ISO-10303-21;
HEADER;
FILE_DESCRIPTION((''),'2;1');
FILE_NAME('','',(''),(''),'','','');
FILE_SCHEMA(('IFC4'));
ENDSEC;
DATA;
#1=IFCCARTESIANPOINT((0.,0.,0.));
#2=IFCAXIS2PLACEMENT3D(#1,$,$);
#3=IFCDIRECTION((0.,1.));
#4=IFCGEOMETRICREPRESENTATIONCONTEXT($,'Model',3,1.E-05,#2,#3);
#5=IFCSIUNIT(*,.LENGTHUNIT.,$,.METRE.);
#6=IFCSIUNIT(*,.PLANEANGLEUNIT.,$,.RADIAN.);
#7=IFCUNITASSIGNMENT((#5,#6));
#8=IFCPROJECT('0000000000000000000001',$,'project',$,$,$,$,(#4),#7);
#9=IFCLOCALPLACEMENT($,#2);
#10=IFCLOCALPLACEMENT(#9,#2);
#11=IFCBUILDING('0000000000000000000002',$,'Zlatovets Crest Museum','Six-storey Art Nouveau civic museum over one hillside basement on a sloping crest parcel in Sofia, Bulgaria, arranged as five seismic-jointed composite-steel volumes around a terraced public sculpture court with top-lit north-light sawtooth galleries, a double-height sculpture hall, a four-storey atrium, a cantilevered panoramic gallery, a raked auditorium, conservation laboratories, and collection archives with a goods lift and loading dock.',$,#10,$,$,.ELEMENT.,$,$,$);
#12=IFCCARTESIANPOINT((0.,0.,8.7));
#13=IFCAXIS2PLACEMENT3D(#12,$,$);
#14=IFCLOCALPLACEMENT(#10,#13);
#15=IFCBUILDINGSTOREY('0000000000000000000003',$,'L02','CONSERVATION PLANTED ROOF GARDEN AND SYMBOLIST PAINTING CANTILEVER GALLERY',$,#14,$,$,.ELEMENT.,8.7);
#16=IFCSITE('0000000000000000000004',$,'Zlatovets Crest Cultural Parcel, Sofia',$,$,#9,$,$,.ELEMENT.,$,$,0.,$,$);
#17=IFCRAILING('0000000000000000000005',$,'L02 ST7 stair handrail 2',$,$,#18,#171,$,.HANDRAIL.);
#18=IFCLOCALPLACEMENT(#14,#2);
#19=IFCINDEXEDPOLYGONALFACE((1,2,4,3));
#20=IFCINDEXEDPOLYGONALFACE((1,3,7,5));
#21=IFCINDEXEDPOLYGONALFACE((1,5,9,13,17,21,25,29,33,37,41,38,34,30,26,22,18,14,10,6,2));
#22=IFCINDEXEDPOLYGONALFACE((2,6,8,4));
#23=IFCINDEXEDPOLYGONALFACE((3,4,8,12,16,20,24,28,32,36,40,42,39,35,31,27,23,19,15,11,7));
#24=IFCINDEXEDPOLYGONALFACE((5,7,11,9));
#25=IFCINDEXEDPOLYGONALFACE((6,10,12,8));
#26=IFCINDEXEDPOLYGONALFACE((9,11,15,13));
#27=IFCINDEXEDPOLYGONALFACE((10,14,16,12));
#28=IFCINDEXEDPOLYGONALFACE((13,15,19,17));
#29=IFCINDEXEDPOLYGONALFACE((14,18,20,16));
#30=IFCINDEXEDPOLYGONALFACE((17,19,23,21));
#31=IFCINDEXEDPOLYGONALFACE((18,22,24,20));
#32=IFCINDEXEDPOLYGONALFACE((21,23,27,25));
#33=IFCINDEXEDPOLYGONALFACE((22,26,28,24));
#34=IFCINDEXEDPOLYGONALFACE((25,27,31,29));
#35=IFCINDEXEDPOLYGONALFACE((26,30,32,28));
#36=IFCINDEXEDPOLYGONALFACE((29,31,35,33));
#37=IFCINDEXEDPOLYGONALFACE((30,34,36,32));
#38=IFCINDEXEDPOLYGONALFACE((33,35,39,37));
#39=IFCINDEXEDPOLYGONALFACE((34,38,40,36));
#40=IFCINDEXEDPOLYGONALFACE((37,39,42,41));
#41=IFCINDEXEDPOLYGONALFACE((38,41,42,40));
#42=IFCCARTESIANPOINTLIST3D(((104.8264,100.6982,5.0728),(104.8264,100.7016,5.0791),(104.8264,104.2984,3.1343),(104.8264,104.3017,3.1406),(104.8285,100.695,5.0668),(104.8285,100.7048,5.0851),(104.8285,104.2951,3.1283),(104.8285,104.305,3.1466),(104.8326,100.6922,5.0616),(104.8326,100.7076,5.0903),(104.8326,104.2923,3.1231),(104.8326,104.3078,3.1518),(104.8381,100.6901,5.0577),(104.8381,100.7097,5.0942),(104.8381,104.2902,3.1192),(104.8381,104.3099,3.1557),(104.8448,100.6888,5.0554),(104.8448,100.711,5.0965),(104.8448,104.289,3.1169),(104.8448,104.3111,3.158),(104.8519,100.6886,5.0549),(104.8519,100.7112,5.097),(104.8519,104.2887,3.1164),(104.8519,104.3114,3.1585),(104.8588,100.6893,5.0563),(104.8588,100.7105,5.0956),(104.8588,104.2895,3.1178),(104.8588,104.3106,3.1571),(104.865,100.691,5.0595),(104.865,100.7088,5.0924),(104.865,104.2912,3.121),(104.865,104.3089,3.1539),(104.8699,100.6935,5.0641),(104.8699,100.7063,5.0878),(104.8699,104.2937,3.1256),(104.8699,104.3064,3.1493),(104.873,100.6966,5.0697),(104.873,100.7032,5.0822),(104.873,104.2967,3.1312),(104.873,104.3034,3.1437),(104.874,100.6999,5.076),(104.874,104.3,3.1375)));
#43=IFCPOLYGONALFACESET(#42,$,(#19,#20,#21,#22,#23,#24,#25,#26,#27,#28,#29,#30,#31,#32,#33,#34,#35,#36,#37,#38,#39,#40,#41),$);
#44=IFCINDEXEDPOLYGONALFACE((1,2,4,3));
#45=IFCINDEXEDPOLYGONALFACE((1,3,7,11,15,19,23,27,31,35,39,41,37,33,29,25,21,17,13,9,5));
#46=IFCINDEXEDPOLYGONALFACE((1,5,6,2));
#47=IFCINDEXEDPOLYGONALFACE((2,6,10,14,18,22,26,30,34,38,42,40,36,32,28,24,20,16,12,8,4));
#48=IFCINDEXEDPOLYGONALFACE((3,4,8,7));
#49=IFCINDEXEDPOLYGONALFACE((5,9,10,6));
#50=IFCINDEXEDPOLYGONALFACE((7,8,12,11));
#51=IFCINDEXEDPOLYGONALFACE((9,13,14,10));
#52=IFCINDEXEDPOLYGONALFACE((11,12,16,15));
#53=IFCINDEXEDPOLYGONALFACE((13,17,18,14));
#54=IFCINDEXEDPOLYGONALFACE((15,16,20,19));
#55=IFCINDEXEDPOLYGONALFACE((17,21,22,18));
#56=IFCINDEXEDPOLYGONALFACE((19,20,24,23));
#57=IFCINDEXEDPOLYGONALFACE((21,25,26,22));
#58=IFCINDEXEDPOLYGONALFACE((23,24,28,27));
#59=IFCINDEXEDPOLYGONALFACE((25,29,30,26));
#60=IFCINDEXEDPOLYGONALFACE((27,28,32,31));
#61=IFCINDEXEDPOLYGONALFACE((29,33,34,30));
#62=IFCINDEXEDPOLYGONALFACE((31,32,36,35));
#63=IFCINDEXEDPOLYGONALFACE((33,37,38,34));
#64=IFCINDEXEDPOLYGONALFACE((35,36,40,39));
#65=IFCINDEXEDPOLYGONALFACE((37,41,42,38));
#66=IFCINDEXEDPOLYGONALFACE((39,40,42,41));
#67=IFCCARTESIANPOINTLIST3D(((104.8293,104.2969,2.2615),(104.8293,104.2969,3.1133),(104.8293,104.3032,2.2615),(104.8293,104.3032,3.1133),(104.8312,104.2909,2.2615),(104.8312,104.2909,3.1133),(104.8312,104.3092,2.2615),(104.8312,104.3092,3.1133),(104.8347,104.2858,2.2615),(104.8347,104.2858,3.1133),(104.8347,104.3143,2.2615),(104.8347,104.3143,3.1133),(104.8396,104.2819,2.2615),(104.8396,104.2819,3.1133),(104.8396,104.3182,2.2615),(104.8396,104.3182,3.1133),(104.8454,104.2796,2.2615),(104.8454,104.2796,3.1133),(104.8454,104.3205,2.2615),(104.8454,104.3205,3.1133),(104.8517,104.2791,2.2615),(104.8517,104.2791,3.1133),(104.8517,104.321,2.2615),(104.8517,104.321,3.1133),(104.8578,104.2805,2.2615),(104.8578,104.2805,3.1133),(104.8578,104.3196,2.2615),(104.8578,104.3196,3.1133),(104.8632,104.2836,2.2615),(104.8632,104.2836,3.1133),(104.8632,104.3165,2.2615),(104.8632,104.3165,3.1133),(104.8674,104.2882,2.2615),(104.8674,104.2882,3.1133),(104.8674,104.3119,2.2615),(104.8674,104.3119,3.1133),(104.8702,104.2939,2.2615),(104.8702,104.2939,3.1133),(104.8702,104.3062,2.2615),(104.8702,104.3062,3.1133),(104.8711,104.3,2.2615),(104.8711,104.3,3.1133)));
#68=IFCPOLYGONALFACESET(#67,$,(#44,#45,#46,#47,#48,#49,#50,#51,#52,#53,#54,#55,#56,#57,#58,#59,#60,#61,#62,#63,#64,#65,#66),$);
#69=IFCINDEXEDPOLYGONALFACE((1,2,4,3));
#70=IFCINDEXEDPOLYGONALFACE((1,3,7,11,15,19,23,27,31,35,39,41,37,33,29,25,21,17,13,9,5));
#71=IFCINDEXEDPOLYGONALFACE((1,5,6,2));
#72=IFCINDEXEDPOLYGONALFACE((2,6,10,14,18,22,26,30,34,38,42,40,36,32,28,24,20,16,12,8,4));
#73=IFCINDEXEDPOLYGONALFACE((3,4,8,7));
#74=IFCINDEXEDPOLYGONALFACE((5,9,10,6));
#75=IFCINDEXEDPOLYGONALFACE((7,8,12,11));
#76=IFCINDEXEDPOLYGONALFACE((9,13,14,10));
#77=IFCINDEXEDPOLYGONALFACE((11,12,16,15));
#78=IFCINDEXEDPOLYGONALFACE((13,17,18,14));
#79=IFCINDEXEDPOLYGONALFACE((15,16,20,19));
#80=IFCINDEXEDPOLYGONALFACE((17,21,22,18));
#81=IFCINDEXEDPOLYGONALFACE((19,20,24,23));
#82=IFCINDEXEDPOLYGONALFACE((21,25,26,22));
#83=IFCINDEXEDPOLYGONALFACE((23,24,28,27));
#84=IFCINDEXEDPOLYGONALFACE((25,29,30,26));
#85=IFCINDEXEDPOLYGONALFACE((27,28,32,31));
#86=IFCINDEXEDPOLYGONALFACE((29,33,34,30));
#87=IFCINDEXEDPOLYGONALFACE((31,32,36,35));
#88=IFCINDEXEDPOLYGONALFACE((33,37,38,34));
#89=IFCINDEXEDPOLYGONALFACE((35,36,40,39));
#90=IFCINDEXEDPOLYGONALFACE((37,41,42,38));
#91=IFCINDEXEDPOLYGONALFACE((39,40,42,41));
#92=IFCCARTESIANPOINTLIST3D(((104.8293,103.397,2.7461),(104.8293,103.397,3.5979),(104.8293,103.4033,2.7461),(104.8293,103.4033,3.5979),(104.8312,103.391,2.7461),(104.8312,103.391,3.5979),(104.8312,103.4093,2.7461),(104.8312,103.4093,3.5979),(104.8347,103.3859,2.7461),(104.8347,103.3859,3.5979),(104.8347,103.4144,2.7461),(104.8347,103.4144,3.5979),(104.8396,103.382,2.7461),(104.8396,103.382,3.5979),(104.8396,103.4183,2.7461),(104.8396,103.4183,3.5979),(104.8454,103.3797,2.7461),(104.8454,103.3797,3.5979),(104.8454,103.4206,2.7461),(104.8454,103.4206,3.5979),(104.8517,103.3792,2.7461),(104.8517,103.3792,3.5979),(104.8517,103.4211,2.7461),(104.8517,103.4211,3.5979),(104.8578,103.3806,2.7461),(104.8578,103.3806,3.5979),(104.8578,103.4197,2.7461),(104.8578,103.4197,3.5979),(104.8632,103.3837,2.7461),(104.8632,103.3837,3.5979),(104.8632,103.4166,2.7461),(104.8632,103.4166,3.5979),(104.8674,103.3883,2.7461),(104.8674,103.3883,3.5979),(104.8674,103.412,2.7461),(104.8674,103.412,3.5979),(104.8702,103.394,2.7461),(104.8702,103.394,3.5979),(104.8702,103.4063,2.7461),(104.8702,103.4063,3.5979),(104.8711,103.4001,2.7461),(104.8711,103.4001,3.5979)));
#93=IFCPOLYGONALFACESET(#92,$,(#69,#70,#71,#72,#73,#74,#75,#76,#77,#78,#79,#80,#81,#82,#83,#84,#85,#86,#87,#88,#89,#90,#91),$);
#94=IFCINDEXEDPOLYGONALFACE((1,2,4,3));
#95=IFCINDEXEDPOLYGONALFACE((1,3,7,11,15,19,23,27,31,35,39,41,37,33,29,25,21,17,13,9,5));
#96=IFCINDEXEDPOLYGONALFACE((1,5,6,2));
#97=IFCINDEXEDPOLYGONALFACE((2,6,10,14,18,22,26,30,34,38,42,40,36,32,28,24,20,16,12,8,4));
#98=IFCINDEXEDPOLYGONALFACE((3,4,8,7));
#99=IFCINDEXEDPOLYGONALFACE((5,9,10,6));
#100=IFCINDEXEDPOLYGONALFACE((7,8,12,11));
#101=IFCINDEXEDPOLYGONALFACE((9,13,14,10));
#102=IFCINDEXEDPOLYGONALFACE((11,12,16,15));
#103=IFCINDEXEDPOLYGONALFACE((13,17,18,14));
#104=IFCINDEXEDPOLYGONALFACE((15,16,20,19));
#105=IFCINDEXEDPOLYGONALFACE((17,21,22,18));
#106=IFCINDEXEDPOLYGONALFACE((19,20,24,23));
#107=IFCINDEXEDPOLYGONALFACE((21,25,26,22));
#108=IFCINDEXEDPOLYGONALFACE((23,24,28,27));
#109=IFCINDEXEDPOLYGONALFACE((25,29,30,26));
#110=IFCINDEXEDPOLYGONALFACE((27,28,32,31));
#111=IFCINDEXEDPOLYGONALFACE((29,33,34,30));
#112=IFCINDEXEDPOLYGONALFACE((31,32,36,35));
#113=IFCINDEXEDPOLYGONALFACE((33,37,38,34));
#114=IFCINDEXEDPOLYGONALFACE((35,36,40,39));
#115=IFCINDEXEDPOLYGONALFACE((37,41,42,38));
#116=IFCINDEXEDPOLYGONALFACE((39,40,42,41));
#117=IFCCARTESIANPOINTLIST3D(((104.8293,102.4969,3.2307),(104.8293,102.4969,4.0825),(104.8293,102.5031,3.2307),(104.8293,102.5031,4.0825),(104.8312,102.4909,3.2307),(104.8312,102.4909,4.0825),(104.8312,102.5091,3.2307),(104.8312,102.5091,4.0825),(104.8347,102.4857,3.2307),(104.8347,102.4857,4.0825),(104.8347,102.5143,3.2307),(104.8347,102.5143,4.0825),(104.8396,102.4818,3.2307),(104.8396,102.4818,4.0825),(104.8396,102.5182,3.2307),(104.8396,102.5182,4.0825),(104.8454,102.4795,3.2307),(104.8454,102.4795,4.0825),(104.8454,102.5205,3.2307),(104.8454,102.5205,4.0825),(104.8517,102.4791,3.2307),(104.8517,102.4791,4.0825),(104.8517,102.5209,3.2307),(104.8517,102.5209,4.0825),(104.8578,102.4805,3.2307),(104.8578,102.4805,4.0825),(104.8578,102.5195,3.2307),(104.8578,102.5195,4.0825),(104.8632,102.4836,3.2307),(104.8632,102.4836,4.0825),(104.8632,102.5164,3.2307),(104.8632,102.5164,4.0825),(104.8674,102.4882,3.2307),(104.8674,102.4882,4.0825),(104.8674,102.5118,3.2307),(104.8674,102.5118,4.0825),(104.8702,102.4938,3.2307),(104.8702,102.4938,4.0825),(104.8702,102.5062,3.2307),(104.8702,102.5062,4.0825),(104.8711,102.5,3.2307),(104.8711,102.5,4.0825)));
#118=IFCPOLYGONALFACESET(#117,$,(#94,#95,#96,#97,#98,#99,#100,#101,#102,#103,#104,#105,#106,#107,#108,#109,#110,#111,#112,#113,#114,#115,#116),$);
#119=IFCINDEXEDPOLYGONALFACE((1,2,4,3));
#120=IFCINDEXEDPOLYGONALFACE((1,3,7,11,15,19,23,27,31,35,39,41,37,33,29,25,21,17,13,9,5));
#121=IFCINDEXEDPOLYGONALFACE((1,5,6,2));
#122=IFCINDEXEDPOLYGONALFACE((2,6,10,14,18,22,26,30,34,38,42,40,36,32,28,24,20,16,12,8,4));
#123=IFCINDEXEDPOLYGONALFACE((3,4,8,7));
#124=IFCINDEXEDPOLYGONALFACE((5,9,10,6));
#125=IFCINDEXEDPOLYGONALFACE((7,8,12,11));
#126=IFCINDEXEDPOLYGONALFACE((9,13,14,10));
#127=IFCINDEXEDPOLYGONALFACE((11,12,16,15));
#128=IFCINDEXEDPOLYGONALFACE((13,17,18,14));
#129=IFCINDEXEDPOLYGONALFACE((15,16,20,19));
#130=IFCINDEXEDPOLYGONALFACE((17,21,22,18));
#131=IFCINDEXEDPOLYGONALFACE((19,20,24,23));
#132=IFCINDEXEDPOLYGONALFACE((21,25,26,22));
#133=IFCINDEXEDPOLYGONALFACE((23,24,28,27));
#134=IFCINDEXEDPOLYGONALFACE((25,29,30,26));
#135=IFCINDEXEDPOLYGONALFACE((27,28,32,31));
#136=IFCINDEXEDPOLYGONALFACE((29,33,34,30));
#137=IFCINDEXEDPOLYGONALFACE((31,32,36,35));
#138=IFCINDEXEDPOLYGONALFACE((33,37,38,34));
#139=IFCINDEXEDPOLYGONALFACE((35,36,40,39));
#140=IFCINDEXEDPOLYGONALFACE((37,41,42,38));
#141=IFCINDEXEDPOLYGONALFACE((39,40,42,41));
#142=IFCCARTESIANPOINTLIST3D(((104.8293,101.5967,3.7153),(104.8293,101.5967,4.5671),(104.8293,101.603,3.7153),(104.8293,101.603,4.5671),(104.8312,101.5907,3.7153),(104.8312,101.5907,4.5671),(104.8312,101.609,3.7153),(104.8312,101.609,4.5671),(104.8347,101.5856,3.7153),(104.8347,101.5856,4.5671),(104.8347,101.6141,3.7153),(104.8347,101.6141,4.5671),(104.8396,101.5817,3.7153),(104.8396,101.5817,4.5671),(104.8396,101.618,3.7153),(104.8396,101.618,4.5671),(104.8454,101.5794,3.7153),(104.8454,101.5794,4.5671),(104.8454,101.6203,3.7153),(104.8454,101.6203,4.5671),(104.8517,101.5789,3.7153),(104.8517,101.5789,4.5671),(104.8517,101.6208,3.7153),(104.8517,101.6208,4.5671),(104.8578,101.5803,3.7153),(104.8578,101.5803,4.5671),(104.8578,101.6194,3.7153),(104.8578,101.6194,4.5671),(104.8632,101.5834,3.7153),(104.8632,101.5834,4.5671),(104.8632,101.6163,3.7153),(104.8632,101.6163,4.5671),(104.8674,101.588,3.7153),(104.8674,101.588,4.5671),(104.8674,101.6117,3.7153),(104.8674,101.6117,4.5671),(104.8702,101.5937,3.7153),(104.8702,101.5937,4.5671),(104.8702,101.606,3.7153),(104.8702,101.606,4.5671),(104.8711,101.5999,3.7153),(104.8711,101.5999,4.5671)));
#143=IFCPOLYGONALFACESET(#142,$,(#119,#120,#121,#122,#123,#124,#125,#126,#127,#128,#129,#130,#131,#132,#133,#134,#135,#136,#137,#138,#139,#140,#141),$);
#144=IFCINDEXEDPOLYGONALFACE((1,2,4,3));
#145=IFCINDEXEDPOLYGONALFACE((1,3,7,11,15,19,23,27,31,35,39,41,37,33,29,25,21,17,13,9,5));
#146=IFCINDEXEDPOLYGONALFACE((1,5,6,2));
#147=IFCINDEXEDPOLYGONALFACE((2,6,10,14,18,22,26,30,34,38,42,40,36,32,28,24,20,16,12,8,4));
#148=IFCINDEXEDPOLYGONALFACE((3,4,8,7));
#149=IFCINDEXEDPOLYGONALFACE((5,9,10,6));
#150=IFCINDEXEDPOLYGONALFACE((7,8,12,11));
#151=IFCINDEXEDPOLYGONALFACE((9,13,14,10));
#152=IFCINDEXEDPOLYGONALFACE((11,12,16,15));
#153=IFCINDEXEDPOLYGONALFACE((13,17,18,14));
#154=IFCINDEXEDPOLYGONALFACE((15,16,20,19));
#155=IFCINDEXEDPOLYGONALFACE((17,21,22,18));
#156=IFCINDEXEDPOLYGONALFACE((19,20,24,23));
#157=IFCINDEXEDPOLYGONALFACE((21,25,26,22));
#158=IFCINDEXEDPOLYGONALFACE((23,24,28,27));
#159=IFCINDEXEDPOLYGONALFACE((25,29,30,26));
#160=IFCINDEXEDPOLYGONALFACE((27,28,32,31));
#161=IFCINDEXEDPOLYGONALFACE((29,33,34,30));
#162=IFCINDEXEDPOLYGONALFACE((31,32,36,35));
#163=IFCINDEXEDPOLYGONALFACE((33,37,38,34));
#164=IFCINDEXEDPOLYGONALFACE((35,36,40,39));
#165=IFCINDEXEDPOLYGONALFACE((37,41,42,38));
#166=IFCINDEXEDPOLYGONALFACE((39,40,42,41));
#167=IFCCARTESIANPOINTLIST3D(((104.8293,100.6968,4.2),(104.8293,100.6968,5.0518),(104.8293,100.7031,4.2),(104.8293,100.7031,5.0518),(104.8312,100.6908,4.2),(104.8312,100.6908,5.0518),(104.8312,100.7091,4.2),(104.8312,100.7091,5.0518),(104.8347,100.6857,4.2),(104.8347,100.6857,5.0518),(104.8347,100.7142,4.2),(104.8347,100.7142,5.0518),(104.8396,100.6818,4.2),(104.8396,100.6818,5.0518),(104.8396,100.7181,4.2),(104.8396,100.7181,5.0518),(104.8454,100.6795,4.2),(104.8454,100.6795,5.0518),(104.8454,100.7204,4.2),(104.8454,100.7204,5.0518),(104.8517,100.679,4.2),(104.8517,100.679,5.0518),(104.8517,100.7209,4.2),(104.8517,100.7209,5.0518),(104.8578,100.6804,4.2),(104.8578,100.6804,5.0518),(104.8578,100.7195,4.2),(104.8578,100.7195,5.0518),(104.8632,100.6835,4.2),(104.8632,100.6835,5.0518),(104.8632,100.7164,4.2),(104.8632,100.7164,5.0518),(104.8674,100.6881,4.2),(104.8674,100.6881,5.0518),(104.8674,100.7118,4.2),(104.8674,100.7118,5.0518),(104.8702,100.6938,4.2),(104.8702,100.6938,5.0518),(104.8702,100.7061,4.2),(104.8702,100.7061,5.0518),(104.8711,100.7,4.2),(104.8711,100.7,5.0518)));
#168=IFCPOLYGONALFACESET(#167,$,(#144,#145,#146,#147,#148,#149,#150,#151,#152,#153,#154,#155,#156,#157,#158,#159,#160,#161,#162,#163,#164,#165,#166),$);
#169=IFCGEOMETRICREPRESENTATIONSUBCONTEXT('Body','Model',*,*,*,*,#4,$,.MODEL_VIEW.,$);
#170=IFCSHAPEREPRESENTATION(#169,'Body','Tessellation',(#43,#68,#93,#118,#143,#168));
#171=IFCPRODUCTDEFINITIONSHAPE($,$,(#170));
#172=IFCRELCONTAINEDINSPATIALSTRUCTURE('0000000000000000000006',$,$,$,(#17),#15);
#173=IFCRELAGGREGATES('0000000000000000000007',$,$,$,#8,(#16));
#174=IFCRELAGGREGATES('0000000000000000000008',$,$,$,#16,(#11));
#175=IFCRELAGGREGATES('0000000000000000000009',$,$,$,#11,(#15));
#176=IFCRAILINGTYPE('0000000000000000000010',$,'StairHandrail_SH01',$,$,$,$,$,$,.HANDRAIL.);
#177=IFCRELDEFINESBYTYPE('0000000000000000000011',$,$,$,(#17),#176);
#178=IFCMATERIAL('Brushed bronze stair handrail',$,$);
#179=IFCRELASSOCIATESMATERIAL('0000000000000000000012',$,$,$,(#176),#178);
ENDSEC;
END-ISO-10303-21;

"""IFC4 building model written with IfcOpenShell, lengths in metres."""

from ifc_helpers import new_model, si_unit, direction, frame, origin, origin_2d, place, context, subcontext, project, spatial, circle, extrude, material, type_object, element, save


model = new_model("IFC4")

# Units and contexts
model_context = context("Model", 3, precision=1e-05, world=origin(), true_north=direction((0.0, 1.0)))
body_context = subcontext(model_context, "Body", "Model", "MODEL_VIEW")
ifc_project = project(units=[si_unit("LENGTHUNIT", "METRE"), si_unit("PLANEANGLEUNIT", "RADIAN")], contexts=[model_context])

# Site, building, storey
site_placement = place(None, origin())
site = spatial("IfcSite", under=ifc_project, at=site_placement, Name="Zlatovets Crest Cultural Parcel, Sofia", CompositionType="ELEMENT", RefElevation=0.0)
building_placement = place(site_placement, origin())
building = spatial("IfcBuilding", under=site, at=building_placement, Name="Zlatovets Crest Museum", Description="Six-storey Art Nouveau civic museum over one hillside basement on a sloping crest parcel in Sofia, Bulgaria, arranged as five seismic-jointed composite-steel volumes around a terraced public sculpture court with top-lit north-light sawtooth galleries, a double-height sculpture hall, a four-storey atrium, a cantilevered panoramic gallery, a raked auditorium, conservation laboratories, and collection archives with a goods lift and loading dock.", CompositionType="ELEMENT")
storey_placement = place(building_placement, frame((0.0, 0.0, 8.7)))
storey = spatial("IfcBuildingStorey", under=building, at=storey_placement, Name="L02", Description="CONSERVATION PLANTED ROOF GARDEN AND SYMBOLIST PAINTING CANTILEVER GALLERY", CompositionType="ELEMENT", Elevation=8.7)

# Railing
ifc_material_1 = material(Name="Brushed bronze stair handrail")
railing_type_1 = type_object("IfcRailingType", Name="StairHandrail_SH01", PredefinedType="HANDRAIL", material=ifc_material_1)
railing_1_placement = place(storey_placement, frame((104.8501, 104.3, 2.2615)))
element("IfcRailing", 1, at=railing_1_placement, inside=storey, type_object=railing_type_1, Name="L02 ST7 stair handrail 2", PredefinedType="HANDRAIL", context=body_context, shape_type="SweptSolid", body=[
    extrude(circle(Radius=0.0239, at=origin_2d()), frame((0.0, 0.0, 0.876), z_axis=(0.0, -0.880475, 0.474093), x_axis=(1.0, 0.0, 0.0)), (0.0, 0.0, 1.0), 4.0889),
    extrude(circle(Radius=0.021, at=origin_2d()), origin(), (0.0, 0.0, 1.0), 0.8518),
    extrude(circle(Radius=0.021, at=origin_2d()), frame((0.0, -0.8999, 0.4846)), (0.0, 0.0, 1.0), 0.8518),
    extrude(circle(Radius=0.021, at=origin_2d()), frame((0.0, -1.8, 0.9692)), (0.0, 0.0, 1.0), 0.8518),
    extrude(circle(Radius=0.021, at=origin_2d()), frame((0.0, -2.7002, 1.4539)), (0.0, 0.0, 1.0), 0.8518),
    extrude(circle(Radius=0.021, at=origin_2d()), frame((0.0, -3.6001, 1.9385)), (0.0, 0.0, 1.0), 0.8518),
])

save(model, "model.ifc")
